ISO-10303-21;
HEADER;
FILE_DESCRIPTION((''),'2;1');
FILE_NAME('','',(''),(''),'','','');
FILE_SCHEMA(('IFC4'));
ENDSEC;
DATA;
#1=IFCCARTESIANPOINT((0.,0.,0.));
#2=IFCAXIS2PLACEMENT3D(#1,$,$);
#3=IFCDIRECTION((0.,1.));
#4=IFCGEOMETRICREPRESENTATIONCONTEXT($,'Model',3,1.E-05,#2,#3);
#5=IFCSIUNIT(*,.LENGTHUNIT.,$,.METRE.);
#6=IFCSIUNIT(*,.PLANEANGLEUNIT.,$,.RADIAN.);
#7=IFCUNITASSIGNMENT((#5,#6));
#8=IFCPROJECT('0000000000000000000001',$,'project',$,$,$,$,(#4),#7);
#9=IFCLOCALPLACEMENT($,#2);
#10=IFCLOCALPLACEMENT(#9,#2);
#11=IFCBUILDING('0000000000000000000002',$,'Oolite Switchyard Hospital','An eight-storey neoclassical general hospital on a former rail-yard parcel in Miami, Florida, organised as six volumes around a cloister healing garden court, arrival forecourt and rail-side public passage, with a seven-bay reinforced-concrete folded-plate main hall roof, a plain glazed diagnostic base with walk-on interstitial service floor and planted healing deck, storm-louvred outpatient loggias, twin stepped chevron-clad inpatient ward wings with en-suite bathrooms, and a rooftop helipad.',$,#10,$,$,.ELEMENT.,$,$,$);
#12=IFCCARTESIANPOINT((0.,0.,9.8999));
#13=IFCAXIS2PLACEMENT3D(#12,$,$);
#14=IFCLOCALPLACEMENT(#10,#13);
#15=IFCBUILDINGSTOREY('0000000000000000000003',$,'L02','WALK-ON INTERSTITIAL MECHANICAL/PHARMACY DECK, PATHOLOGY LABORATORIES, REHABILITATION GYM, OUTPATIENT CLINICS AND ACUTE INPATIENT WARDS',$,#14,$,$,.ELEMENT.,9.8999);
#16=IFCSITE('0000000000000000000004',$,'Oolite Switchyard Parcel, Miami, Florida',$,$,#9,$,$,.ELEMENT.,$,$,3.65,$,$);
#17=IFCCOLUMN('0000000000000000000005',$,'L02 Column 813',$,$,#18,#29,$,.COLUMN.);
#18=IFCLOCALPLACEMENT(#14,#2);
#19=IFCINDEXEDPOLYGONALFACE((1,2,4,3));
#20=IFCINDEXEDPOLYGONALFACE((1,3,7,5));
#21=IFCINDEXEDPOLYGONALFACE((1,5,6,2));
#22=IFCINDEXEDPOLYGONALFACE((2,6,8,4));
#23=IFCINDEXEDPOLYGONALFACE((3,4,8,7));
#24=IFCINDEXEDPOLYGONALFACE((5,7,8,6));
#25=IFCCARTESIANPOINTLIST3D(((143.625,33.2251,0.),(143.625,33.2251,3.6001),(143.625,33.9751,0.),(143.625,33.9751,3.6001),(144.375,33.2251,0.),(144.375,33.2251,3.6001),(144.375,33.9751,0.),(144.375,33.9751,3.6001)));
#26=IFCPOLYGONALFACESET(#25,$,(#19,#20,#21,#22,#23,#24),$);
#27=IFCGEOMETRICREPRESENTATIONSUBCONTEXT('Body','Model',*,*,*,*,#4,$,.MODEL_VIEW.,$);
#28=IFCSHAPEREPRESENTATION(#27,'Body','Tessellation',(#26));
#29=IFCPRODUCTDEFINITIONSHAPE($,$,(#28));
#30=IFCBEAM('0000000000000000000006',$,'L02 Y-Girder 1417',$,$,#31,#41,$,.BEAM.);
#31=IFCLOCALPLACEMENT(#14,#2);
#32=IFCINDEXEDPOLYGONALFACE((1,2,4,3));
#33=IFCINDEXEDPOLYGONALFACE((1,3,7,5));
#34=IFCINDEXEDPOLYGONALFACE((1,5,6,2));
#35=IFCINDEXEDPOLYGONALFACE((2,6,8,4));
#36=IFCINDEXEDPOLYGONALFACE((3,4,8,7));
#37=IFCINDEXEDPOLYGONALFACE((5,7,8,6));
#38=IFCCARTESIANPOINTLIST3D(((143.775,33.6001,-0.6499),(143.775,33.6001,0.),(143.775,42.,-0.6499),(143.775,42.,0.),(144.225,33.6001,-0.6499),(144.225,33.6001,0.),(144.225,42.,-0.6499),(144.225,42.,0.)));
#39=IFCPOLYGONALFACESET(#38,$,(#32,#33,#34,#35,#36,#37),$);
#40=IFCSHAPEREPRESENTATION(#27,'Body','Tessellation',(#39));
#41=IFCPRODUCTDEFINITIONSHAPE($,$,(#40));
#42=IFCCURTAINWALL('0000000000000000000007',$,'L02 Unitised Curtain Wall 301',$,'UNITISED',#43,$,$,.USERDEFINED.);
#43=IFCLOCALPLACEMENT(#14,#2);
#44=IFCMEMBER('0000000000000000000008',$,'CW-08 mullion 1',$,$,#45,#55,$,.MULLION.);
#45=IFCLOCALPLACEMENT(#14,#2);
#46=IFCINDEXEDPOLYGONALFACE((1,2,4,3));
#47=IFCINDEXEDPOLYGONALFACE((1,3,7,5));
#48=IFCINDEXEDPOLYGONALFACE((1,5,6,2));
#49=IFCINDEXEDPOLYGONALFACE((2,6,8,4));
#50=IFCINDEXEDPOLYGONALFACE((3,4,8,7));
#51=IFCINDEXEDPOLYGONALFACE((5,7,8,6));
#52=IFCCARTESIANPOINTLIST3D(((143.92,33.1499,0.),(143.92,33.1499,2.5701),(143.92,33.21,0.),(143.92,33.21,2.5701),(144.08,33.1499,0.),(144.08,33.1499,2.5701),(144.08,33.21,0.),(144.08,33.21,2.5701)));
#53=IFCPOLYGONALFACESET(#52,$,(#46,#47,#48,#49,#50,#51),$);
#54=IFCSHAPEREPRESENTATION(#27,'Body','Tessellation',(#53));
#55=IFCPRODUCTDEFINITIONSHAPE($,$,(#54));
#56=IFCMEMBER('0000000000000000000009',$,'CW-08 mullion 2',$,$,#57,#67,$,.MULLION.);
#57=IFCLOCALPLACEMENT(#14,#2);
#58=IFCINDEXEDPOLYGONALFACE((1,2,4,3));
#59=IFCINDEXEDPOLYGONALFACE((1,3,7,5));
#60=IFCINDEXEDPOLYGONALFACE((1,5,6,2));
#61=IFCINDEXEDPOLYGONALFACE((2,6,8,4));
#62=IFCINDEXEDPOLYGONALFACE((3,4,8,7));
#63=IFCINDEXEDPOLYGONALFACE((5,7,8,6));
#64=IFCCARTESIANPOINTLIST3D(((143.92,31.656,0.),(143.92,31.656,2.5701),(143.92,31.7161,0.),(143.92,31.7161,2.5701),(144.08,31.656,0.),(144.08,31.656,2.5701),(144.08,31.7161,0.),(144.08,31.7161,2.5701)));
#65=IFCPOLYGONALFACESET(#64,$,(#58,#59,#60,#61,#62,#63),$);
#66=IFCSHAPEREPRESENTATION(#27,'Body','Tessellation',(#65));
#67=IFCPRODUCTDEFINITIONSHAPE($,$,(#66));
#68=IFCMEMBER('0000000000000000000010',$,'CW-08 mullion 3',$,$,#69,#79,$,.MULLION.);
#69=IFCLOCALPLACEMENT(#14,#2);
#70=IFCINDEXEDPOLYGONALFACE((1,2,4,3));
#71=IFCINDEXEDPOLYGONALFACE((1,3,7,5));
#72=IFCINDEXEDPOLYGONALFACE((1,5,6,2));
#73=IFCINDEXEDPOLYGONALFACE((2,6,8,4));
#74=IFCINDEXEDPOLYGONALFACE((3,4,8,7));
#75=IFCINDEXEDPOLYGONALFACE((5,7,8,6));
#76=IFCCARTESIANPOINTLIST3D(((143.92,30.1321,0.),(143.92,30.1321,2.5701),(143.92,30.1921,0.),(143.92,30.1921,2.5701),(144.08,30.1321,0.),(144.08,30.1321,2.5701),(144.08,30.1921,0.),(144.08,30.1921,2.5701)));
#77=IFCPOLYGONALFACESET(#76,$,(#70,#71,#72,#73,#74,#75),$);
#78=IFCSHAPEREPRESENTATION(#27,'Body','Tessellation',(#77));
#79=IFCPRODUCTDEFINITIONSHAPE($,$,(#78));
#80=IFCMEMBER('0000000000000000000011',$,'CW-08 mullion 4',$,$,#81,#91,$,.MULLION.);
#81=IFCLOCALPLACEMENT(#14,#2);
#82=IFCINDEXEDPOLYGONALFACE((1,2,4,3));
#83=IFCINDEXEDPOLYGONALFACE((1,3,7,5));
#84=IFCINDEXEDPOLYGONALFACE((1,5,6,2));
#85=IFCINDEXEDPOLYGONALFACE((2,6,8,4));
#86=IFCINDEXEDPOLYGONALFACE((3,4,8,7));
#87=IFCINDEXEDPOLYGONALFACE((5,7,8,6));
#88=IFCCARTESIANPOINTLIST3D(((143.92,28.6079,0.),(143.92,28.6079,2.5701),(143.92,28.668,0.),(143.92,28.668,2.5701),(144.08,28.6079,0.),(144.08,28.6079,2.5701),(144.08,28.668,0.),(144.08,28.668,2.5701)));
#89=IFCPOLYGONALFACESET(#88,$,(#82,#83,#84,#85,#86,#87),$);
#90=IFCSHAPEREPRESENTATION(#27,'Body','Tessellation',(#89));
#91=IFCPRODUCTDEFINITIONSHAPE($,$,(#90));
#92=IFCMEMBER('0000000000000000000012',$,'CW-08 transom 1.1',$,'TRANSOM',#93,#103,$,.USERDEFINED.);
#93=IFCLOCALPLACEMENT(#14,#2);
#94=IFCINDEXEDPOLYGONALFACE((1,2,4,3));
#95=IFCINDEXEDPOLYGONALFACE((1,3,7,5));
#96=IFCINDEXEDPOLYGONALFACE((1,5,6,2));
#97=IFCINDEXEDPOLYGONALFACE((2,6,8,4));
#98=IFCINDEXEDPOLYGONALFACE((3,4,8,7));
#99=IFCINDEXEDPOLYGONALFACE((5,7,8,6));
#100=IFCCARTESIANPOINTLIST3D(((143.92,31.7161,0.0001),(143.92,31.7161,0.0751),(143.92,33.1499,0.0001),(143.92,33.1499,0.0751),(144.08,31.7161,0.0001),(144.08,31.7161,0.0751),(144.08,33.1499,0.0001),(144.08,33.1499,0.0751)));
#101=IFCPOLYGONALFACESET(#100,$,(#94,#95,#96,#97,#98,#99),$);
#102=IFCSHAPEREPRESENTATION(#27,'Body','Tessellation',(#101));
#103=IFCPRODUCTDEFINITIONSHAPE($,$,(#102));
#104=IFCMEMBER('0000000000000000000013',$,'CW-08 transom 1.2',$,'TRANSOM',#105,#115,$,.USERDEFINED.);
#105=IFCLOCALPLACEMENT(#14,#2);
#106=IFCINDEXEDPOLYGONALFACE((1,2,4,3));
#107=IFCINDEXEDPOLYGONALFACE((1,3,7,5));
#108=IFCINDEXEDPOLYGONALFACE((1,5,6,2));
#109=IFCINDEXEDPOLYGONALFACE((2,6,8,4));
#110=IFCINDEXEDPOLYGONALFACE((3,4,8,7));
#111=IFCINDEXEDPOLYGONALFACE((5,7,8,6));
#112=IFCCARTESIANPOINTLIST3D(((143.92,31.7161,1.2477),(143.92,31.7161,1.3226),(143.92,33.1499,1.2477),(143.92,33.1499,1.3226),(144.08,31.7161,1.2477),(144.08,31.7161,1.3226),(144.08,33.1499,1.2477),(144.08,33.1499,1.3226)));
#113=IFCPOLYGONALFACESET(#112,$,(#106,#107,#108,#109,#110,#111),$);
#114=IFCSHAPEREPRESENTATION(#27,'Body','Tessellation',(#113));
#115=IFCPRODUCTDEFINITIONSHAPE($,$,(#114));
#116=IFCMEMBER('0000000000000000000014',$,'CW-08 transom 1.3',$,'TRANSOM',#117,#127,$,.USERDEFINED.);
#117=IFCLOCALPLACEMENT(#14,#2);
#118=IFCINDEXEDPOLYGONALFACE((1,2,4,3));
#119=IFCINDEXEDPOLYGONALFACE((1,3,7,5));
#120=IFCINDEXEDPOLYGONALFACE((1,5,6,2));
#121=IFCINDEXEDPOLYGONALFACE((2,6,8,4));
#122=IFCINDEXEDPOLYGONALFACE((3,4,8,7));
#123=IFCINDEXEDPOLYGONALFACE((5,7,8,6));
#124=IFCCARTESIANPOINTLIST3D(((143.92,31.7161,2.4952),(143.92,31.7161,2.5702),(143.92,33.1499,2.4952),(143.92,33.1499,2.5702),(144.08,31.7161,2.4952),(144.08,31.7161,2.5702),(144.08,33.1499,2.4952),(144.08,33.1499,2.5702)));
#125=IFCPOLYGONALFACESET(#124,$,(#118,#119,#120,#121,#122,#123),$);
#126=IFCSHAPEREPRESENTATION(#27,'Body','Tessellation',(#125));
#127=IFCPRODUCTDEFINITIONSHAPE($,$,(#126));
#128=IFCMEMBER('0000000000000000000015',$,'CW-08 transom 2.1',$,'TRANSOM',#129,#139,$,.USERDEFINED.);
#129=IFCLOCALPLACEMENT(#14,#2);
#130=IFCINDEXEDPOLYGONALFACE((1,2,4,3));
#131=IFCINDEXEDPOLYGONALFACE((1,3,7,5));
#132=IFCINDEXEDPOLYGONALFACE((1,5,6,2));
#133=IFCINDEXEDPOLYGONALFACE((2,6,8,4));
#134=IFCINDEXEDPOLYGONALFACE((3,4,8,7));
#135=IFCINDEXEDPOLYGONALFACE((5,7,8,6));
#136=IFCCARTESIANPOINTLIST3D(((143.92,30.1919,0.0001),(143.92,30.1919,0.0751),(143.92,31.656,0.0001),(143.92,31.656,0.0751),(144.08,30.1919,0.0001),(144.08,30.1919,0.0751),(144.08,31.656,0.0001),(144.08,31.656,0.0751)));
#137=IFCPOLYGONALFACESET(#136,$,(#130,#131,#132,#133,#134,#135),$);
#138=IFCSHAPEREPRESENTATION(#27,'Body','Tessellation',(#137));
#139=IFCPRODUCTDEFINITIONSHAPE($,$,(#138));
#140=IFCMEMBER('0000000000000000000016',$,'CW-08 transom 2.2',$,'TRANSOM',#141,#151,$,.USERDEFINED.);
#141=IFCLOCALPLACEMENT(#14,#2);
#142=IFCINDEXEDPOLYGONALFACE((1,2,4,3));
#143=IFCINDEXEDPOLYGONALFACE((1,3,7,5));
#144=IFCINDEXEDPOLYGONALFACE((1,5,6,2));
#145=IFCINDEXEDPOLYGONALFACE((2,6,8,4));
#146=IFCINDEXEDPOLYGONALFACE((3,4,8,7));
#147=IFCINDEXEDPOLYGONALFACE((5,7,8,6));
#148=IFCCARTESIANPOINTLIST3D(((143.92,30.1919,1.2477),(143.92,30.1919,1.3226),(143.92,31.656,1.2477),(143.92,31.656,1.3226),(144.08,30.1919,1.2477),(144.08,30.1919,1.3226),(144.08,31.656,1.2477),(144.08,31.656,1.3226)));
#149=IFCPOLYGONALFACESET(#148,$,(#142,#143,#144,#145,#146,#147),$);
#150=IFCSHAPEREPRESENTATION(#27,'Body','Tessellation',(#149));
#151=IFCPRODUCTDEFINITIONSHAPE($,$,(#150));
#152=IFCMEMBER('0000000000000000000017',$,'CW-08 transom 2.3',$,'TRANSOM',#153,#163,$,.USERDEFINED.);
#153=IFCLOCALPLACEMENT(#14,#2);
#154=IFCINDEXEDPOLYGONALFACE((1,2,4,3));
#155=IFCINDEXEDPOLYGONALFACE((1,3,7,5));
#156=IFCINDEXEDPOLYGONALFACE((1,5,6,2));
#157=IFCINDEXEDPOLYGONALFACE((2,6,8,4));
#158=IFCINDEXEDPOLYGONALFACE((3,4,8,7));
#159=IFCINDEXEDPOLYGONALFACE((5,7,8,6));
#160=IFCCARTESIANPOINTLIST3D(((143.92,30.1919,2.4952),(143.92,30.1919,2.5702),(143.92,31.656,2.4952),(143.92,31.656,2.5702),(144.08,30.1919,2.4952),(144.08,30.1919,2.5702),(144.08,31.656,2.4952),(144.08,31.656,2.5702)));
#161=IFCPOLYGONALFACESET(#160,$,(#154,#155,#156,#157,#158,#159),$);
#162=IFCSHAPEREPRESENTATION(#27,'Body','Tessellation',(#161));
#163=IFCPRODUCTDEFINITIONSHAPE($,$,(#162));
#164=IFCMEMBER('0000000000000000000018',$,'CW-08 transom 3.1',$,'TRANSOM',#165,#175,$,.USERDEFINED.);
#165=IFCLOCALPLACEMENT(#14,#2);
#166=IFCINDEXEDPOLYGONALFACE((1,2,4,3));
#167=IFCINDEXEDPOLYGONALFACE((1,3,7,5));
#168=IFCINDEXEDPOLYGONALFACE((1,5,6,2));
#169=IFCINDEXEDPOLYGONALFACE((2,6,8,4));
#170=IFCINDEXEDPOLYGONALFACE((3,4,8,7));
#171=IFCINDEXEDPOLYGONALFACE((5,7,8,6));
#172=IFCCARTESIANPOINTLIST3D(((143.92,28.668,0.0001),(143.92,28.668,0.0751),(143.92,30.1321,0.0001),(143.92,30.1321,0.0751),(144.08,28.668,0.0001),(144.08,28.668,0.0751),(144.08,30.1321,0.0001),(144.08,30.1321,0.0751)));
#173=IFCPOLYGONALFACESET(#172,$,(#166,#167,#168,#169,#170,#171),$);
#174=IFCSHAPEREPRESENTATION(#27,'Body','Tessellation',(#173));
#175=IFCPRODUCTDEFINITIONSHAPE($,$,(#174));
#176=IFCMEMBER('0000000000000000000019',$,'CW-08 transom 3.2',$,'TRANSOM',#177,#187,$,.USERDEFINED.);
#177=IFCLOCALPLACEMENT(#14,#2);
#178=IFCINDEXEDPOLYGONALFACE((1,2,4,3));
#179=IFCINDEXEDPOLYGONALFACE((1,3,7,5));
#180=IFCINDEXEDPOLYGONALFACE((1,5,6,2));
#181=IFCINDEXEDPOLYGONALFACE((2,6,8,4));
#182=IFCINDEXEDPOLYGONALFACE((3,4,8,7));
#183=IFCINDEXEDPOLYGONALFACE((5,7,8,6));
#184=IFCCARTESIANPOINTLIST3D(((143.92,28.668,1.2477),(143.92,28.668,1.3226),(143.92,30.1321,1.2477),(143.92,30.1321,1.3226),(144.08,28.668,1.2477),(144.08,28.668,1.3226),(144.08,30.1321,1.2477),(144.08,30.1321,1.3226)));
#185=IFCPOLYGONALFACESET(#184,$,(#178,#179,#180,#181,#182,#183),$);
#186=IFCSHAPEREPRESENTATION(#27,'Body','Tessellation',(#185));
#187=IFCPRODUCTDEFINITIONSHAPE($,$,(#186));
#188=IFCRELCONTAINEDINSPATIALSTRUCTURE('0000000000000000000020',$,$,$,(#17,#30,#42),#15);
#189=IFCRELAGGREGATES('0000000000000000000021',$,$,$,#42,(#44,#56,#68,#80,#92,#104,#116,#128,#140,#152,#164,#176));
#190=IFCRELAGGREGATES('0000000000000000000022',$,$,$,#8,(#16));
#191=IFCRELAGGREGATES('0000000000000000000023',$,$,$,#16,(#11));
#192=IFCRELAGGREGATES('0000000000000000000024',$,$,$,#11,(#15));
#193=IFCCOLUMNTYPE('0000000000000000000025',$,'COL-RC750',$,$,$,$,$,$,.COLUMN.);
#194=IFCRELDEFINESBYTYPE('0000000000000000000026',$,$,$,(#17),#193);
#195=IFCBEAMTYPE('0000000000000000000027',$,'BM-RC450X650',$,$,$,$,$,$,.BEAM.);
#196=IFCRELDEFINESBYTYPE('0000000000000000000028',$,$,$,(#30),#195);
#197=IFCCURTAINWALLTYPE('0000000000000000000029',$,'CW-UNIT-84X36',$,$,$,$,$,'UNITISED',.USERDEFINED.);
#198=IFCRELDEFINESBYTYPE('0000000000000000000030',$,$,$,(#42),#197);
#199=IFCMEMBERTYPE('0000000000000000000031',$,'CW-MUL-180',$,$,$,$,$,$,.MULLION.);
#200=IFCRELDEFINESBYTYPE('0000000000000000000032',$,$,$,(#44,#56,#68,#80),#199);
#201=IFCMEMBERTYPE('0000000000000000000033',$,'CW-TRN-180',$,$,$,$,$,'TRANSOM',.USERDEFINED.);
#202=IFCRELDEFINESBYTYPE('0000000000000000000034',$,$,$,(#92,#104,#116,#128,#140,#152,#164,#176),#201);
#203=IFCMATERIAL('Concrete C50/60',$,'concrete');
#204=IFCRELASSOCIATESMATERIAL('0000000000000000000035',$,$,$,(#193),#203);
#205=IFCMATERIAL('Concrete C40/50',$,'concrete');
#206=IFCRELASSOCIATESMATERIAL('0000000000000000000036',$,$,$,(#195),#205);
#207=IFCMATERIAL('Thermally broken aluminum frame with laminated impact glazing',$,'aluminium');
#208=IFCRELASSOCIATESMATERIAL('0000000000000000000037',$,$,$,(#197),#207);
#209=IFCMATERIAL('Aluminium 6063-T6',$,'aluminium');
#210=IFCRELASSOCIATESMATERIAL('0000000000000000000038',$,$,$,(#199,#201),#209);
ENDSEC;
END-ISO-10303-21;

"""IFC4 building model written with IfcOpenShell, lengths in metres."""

from ifc_helpers import new_model, si_unit, direction, frame, origin, origin_2d, place, context, subcontext, project, spatial, rectangle, extrude, material, material_profile, profile_set, type_object, element, aggregate, save


model = new_model("IFC4")

# Units and contexts
model_context = context("Model", 3, precision=1e-05, world=origin(), true_north=direction((0.0, 1.0)))
body_context = subcontext(model_context, "Body", "Model", "MODEL_VIEW")
ifc_project = project(units=[si_unit("LENGTHUNIT", "METRE"), si_unit("PLANEANGLEUNIT", "RADIAN")], contexts=[model_context])

# Site, building, storey
site_placement = place(None, origin())
site = spatial("IfcSite", under=ifc_project, at=site_placement, Name="Oolite Switchyard Parcel, Miami, Florida", CompositionType="ELEMENT", RefElevation=3.65)
building_placement = place(site_placement, origin())
building = spatial("IfcBuilding", under=site, at=building_placement, Name="Oolite Switchyard Hospital", Description="An eight-storey neoclassical general hospital on a former rail-yard parcel in Miami, Florida, organised as six volumes around a cloister healing garden court, arrival forecourt and rail-side public passage, with a seven-bay reinforced-concrete folded-plate main hall roof, a plain glazed diagnostic base with walk-on interstitial service floor and planted healing deck, storm-louvred outpatient loggias, twin stepped chevron-clad inpatient ward wings with en-suite bathrooms, and a rooftop helipad.", CompositionType="ELEMENT")
storey_placement = place(building_placement, frame((0.0, 0.0, 9.8999)))
storey = spatial("IfcBuildingStorey", under=building, at=storey_placement, Name="L02", Description="WALK-ON INTERSTITIAL MECHANICAL/PHARMACY DECK, PATHOLOGY LABORATORIES, REHABILITATION GYM, OUTPATIENT CLINICS AND ACUTE INPATIENT WARDS", CompositionType="ELEMENT", Elevation=9.8999)

# Column
ifc_material_1 = material(Name="Concrete C50/60", Category="concrete")
ifc_material_profile_1 = material_profile(ifc_material_1, rectangle(XDim=0.75, YDim=0.75, at=origin_2d()), Name="RC750X750")
ifc_profile_set_1 = profile_set([ifc_material_profile_1], Name="Concrete C50/60")
column_type = type_object("IfcColumnType", Name="COL-RC750", PredefinedType="COLUMN", material=ifc_profile_set_1)
column_placement = place(storey_placement, frame((144.0, 33.6001, 0.0), z_axis=(0.0, 0.0, 1.0), x_axis=(1.0, 0.0, 0.0)))
element("IfcColumn", 1, at=column_placement, inside=storey, type_object=column_type, Name="L02 Column 813", PredefinedType="COLUMN", context=body_context, shape_type="SweptSolid", body=[
    extrude(rectangle(XDim=0.75, YDim=0.75, at=origin_2d()), origin(), (0.0, 0.0, 1.0), 3.6001),
])

# Beam
ifc_material_2 = material(Name="Concrete C40/50", Category="concrete")
ifc_material_profile_2 = material_profile(ifc_material_2, rectangle(XDim=0.45, YDim=0.6499, at=origin_2d()), Name="RCB450X650")
ifc_profile_set_2 = profile_set([ifc_material_profile_2], Name="Concrete C40/50")
beam_type = type_object("IfcBeamType", Name="BM-RC450X650", PredefinedType="BEAM", material=ifc_profile_set_2)
beam_placement = place(storey_placement, frame((144.0, 33.6001, -0.325), z_axis=(0.0, 1.0, 0.0), x_axis=(-1.0, 0.0, 0.0)))
element("IfcBeam", 2, at=beam_placement, inside=storey, type_object=beam_type, Name="L02 Y-Girder 1417", PredefinedType="BEAM", context=body_context, shape_type="SweptSolid", body=[
    extrude(rectangle(XDim=0.45, YDim=0.6499, at=origin_2d()), origin(), (0.0, 0.0, 1.0), 8.3999),
])

# Curtain wall, members
ifc_material_3 = material(Name="Thermally broken aluminum frame with laminated impact glazing", Category="aluminium")
curtain_wall_type = type_object("IfcCurtainWallType", Name="CW-UNIT-84X36", ElementType="UNITISED", PredefinedType="USERDEFINED", material=ifc_material_3)
curtain_wall_placement = place(storey_placement, origin())
curtain_wall = element("IfcCurtainWall", 3, at=curtain_wall_placement, inside=storey, type_object=curtain_wall_type, Name="L02 Unitised Curtain Wall 301", ObjectType="UNITISED", PredefinedType="USERDEFINED")
ifc_material_4 = material(Name="Aluminium 6063-T6", Category="aluminium")
ifc_material_profile_3 = material_profile(ifc_material_4, rectangle(XDim=0.1599, YDim=0.0601, at=origin_2d()), Name="CWM60X160")
ifc_profile_set_3 = profile_set([ifc_material_profile_3], Name="Aluminium 6063-T6")
member_type_1 = type_object("IfcMemberType", Name="CW-MUL-180", PredefinedType="MULLION", material=ifc_profile_set_3)
member_1_placement = place(storey_placement, frame((144.0, 33.1799, 0.0), z_axis=(0.0, 0.0, 1.0), x_axis=(1.0, 0.0, 0.0)))
member_1 = element("IfcMember", 4, at=member_1_placement, type_object=member_type_1, Name="CW-08 mullion 1", PredefinedType="MULLION", context=body_context, shape_type="SweptSolid", body=[
    extrude(rectangle(XDim=0.1599, YDim=0.0601, at=origin_2d()), origin(), (0.0, 0.0, 1.0), 2.5701),
])
member_2_placement = place(storey_placement, frame((144.0, 31.686, 0.0), z_axis=(0.0, 0.0, 1.0), x_axis=(1.0, 0.0, 0.0)))
member_2 = element("IfcMember", 5, at=member_2_placement, type_object=member_type_1, Name="CW-08 mullion 2", PredefinedType="MULLION", context=body_context, shape_type="SweptSolid", body=[
    extrude(rectangle(XDim=0.1599, YDim=0.0601, at=origin_2d()), origin(), (0.0, 0.0, 1.0), 2.5701),
])
member_3_placement = place(storey_placement, frame((144.0, 30.1621, 0.0), z_axis=(0.0, 0.0, 1.0), x_axis=(1.0, 0.0, 0.0)))
member_3 = element("IfcMember", 6, at=member_3_placement, type_object=member_type_1, Name="CW-08 mullion 3", PredefinedType="MULLION", context=body_context, shape_type="SweptSolid", body=[
    extrude(rectangle(XDim=0.1599, YDim=0.0601, at=origin_2d()), origin(), (0.0, 0.0, 1.0), 2.5701),
])
member_4_placement = place(storey_placement, frame((144.0, 28.6379, 0.0), z_axis=(0.0, 0.0, 1.0), x_axis=(1.0, 0.0, 0.0)))
member_4 = element("IfcMember", 7, at=member_4_placement, type_object=member_type_1, Name="CW-08 mullion 4", PredefinedType="MULLION", context=body_context, shape_type="SweptSolid", body=[
    extrude(rectangle(XDim=0.1599, YDim=0.0601, at=origin_2d()), origin(), (0.0, 0.0, 1.0), 2.5701),
])
ifc_material_profile_4 = material_profile(ifc_material_4, rectangle(XDim=0.1599, YDim=0.075, at=origin_2d()), Name="CWT75X160")
ifc_profile_set_4 = profile_set([ifc_material_profile_4], Name="Aluminium 6063-T6")
member_type_2 = type_object("IfcMemberType", Name="CW-TRN-180", ElementType="TRANSOM", PredefinedType="USERDEFINED", material=ifc_profile_set_4)
member_5_placement = place(storey_placement, frame((144.0, 33.1499, 0.0376), z_axis=(0.0, -1.0, 0.0), x_axis=(1.0, 0.0, 0.0)))
member_5 = element("IfcMember", 8, at=member_5_placement, type_object=member_type_2, Name="CW-08 transom 1.1", ObjectType="TRANSOM", PredefinedType="USERDEFINED", context=body_context, shape_type="SweptSolid", body=[
    extrude(rectangle(XDim=0.1599, YDim=0.075, at=origin_2d()), origin(), (0.0, 0.0, 1.0), 1.4338),
])
member_6_placement = place(storey_placement, frame((144.0, 33.1499, 1.2852), z_axis=(0.0, -1.0, 0.0), x_axis=(1.0, 0.0, 0.0)))
member_6 = element("IfcMember", 9, at=member_6_placement, type_object=member_type_2, Name="CW-08 transom 1.2", ObjectType="TRANSOM", PredefinedType="USERDEFINED", context=body_context, shape_type="SweptSolid", body=[
    extrude(rectangle(XDim=0.1599, YDim=0.075, at=origin_2d()), origin(), (0.0, 0.0, 1.0), 1.4338),
])
member_7_placement = place(storey_placement, frame((144.0, 33.1499, 2.5327), z_axis=(0.0, -1.0, 0.0), x_axis=(1.0, 0.0, 0.0)))
member_7 = element("IfcMember", 10, at=member_7_placement, type_object=member_type_2, Name="CW-08 transom 1.3", ObjectType="TRANSOM", PredefinedType="USERDEFINED", context=body_context, shape_type="SweptSolid", body=[
    extrude(rectangle(XDim=0.1599, YDim=0.075, at=origin_2d()), origin(), (0.0, 0.0, 1.0), 1.4338),
])
member_8_placement = place(storey_placement, frame((144.0, 31.656, 0.0376), z_axis=(0.0, -1.0, 0.0), x_axis=(1.0, 0.0, 0.0)))
member_8 = element("IfcMember", 11, at=member_8_placement, type_object=member_type_2, Name="CW-08 transom 2.1", ObjectType="TRANSOM", PredefinedType="USERDEFINED", context=body_context, shape_type="SweptSolid", body=[
    extrude(rectangle(XDim=0.1599, YDim=0.075, at=origin_2d()), origin(), (0.0, 0.0, 1.0), 1.4641),
])
member_9_placement = place(storey_placement, frame((144.0, 31.656, 1.2852), z_axis=(0.0, -1.0, 0.0), x_axis=(1.0, 0.0, 0.0)))
member_9 = element("IfcMember", 12, at=member_9_placement, type_object=member_type_2, Name="CW-08 transom 2.2", ObjectType="TRANSOM", PredefinedType="USERDEFINED", context=body_context, shape_type="SweptSolid", body=[
    extrude(rectangle(XDim=0.1599, YDim=0.075, at=origin_2d()), origin(), (0.0, 0.0, 1.0), 1.4641),
])
member_10_placement = place(storey_placement, frame((144.0, 31.656, 2.5327), z_axis=(0.0, -1.0, 0.0), x_axis=(1.0, 0.0, 0.0)))
member_10 = element("IfcMember", 13, at=member_10_placement, type_object=member_type_2, Name="CW-08 transom 2.3", ObjectType="TRANSOM", PredefinedType="USERDEFINED", context=body_context, shape_type="SweptSolid", body=[
    extrude(rectangle(XDim=0.1599, YDim=0.075, at=origin_2d()), origin(), (0.0, 0.0, 1.0), 1.4641),
])
member_11_placement = place(storey_placement, frame((144.0, 30.1321, 0.0376), z_axis=(0.0, -1.0, 0.0), x_axis=(1.0, 0.0, 0.0)))
member_11 = element("IfcMember", 14, at=member_11_placement, type_object=member_type_2, Name="CW-08 transom 3.1", ObjectType="TRANSOM", PredefinedType="USERDEFINED", context=body_context, shape_type="SweptSolid", body=[
    extrude(rectangle(XDim=0.1599, YDim=0.075, at=origin_2d()), origin(), (0.0, 0.0, 1.0), 1.4641),
])
member_12_placement = place(storey_placement, frame((144.0, 30.1321, 1.2852), z_axis=(0.0, -1.0, 0.0), x_axis=(1.0, 0.0, 0.0)))
member_12 = element("IfcMember", 15, at=member_12_placement, type_object=member_type_2, Name="CW-08 transom 3.2", ObjectType="TRANSOM", PredefinedType="USERDEFINED", context=body_context, shape_type="SweptSolid", body=[
    extrude(rectangle(XDim=0.1599, YDim=0.075, at=origin_2d()), origin(), (0.0, 0.0, 1.0), 1.4641),
])
aggregate(curtain_wall, [member_1, member_2, member_3, member_4, member_5, member_6, member_7, member_8, member_9, member_10, member_11, member_12])

save(model, "model.ifc")
